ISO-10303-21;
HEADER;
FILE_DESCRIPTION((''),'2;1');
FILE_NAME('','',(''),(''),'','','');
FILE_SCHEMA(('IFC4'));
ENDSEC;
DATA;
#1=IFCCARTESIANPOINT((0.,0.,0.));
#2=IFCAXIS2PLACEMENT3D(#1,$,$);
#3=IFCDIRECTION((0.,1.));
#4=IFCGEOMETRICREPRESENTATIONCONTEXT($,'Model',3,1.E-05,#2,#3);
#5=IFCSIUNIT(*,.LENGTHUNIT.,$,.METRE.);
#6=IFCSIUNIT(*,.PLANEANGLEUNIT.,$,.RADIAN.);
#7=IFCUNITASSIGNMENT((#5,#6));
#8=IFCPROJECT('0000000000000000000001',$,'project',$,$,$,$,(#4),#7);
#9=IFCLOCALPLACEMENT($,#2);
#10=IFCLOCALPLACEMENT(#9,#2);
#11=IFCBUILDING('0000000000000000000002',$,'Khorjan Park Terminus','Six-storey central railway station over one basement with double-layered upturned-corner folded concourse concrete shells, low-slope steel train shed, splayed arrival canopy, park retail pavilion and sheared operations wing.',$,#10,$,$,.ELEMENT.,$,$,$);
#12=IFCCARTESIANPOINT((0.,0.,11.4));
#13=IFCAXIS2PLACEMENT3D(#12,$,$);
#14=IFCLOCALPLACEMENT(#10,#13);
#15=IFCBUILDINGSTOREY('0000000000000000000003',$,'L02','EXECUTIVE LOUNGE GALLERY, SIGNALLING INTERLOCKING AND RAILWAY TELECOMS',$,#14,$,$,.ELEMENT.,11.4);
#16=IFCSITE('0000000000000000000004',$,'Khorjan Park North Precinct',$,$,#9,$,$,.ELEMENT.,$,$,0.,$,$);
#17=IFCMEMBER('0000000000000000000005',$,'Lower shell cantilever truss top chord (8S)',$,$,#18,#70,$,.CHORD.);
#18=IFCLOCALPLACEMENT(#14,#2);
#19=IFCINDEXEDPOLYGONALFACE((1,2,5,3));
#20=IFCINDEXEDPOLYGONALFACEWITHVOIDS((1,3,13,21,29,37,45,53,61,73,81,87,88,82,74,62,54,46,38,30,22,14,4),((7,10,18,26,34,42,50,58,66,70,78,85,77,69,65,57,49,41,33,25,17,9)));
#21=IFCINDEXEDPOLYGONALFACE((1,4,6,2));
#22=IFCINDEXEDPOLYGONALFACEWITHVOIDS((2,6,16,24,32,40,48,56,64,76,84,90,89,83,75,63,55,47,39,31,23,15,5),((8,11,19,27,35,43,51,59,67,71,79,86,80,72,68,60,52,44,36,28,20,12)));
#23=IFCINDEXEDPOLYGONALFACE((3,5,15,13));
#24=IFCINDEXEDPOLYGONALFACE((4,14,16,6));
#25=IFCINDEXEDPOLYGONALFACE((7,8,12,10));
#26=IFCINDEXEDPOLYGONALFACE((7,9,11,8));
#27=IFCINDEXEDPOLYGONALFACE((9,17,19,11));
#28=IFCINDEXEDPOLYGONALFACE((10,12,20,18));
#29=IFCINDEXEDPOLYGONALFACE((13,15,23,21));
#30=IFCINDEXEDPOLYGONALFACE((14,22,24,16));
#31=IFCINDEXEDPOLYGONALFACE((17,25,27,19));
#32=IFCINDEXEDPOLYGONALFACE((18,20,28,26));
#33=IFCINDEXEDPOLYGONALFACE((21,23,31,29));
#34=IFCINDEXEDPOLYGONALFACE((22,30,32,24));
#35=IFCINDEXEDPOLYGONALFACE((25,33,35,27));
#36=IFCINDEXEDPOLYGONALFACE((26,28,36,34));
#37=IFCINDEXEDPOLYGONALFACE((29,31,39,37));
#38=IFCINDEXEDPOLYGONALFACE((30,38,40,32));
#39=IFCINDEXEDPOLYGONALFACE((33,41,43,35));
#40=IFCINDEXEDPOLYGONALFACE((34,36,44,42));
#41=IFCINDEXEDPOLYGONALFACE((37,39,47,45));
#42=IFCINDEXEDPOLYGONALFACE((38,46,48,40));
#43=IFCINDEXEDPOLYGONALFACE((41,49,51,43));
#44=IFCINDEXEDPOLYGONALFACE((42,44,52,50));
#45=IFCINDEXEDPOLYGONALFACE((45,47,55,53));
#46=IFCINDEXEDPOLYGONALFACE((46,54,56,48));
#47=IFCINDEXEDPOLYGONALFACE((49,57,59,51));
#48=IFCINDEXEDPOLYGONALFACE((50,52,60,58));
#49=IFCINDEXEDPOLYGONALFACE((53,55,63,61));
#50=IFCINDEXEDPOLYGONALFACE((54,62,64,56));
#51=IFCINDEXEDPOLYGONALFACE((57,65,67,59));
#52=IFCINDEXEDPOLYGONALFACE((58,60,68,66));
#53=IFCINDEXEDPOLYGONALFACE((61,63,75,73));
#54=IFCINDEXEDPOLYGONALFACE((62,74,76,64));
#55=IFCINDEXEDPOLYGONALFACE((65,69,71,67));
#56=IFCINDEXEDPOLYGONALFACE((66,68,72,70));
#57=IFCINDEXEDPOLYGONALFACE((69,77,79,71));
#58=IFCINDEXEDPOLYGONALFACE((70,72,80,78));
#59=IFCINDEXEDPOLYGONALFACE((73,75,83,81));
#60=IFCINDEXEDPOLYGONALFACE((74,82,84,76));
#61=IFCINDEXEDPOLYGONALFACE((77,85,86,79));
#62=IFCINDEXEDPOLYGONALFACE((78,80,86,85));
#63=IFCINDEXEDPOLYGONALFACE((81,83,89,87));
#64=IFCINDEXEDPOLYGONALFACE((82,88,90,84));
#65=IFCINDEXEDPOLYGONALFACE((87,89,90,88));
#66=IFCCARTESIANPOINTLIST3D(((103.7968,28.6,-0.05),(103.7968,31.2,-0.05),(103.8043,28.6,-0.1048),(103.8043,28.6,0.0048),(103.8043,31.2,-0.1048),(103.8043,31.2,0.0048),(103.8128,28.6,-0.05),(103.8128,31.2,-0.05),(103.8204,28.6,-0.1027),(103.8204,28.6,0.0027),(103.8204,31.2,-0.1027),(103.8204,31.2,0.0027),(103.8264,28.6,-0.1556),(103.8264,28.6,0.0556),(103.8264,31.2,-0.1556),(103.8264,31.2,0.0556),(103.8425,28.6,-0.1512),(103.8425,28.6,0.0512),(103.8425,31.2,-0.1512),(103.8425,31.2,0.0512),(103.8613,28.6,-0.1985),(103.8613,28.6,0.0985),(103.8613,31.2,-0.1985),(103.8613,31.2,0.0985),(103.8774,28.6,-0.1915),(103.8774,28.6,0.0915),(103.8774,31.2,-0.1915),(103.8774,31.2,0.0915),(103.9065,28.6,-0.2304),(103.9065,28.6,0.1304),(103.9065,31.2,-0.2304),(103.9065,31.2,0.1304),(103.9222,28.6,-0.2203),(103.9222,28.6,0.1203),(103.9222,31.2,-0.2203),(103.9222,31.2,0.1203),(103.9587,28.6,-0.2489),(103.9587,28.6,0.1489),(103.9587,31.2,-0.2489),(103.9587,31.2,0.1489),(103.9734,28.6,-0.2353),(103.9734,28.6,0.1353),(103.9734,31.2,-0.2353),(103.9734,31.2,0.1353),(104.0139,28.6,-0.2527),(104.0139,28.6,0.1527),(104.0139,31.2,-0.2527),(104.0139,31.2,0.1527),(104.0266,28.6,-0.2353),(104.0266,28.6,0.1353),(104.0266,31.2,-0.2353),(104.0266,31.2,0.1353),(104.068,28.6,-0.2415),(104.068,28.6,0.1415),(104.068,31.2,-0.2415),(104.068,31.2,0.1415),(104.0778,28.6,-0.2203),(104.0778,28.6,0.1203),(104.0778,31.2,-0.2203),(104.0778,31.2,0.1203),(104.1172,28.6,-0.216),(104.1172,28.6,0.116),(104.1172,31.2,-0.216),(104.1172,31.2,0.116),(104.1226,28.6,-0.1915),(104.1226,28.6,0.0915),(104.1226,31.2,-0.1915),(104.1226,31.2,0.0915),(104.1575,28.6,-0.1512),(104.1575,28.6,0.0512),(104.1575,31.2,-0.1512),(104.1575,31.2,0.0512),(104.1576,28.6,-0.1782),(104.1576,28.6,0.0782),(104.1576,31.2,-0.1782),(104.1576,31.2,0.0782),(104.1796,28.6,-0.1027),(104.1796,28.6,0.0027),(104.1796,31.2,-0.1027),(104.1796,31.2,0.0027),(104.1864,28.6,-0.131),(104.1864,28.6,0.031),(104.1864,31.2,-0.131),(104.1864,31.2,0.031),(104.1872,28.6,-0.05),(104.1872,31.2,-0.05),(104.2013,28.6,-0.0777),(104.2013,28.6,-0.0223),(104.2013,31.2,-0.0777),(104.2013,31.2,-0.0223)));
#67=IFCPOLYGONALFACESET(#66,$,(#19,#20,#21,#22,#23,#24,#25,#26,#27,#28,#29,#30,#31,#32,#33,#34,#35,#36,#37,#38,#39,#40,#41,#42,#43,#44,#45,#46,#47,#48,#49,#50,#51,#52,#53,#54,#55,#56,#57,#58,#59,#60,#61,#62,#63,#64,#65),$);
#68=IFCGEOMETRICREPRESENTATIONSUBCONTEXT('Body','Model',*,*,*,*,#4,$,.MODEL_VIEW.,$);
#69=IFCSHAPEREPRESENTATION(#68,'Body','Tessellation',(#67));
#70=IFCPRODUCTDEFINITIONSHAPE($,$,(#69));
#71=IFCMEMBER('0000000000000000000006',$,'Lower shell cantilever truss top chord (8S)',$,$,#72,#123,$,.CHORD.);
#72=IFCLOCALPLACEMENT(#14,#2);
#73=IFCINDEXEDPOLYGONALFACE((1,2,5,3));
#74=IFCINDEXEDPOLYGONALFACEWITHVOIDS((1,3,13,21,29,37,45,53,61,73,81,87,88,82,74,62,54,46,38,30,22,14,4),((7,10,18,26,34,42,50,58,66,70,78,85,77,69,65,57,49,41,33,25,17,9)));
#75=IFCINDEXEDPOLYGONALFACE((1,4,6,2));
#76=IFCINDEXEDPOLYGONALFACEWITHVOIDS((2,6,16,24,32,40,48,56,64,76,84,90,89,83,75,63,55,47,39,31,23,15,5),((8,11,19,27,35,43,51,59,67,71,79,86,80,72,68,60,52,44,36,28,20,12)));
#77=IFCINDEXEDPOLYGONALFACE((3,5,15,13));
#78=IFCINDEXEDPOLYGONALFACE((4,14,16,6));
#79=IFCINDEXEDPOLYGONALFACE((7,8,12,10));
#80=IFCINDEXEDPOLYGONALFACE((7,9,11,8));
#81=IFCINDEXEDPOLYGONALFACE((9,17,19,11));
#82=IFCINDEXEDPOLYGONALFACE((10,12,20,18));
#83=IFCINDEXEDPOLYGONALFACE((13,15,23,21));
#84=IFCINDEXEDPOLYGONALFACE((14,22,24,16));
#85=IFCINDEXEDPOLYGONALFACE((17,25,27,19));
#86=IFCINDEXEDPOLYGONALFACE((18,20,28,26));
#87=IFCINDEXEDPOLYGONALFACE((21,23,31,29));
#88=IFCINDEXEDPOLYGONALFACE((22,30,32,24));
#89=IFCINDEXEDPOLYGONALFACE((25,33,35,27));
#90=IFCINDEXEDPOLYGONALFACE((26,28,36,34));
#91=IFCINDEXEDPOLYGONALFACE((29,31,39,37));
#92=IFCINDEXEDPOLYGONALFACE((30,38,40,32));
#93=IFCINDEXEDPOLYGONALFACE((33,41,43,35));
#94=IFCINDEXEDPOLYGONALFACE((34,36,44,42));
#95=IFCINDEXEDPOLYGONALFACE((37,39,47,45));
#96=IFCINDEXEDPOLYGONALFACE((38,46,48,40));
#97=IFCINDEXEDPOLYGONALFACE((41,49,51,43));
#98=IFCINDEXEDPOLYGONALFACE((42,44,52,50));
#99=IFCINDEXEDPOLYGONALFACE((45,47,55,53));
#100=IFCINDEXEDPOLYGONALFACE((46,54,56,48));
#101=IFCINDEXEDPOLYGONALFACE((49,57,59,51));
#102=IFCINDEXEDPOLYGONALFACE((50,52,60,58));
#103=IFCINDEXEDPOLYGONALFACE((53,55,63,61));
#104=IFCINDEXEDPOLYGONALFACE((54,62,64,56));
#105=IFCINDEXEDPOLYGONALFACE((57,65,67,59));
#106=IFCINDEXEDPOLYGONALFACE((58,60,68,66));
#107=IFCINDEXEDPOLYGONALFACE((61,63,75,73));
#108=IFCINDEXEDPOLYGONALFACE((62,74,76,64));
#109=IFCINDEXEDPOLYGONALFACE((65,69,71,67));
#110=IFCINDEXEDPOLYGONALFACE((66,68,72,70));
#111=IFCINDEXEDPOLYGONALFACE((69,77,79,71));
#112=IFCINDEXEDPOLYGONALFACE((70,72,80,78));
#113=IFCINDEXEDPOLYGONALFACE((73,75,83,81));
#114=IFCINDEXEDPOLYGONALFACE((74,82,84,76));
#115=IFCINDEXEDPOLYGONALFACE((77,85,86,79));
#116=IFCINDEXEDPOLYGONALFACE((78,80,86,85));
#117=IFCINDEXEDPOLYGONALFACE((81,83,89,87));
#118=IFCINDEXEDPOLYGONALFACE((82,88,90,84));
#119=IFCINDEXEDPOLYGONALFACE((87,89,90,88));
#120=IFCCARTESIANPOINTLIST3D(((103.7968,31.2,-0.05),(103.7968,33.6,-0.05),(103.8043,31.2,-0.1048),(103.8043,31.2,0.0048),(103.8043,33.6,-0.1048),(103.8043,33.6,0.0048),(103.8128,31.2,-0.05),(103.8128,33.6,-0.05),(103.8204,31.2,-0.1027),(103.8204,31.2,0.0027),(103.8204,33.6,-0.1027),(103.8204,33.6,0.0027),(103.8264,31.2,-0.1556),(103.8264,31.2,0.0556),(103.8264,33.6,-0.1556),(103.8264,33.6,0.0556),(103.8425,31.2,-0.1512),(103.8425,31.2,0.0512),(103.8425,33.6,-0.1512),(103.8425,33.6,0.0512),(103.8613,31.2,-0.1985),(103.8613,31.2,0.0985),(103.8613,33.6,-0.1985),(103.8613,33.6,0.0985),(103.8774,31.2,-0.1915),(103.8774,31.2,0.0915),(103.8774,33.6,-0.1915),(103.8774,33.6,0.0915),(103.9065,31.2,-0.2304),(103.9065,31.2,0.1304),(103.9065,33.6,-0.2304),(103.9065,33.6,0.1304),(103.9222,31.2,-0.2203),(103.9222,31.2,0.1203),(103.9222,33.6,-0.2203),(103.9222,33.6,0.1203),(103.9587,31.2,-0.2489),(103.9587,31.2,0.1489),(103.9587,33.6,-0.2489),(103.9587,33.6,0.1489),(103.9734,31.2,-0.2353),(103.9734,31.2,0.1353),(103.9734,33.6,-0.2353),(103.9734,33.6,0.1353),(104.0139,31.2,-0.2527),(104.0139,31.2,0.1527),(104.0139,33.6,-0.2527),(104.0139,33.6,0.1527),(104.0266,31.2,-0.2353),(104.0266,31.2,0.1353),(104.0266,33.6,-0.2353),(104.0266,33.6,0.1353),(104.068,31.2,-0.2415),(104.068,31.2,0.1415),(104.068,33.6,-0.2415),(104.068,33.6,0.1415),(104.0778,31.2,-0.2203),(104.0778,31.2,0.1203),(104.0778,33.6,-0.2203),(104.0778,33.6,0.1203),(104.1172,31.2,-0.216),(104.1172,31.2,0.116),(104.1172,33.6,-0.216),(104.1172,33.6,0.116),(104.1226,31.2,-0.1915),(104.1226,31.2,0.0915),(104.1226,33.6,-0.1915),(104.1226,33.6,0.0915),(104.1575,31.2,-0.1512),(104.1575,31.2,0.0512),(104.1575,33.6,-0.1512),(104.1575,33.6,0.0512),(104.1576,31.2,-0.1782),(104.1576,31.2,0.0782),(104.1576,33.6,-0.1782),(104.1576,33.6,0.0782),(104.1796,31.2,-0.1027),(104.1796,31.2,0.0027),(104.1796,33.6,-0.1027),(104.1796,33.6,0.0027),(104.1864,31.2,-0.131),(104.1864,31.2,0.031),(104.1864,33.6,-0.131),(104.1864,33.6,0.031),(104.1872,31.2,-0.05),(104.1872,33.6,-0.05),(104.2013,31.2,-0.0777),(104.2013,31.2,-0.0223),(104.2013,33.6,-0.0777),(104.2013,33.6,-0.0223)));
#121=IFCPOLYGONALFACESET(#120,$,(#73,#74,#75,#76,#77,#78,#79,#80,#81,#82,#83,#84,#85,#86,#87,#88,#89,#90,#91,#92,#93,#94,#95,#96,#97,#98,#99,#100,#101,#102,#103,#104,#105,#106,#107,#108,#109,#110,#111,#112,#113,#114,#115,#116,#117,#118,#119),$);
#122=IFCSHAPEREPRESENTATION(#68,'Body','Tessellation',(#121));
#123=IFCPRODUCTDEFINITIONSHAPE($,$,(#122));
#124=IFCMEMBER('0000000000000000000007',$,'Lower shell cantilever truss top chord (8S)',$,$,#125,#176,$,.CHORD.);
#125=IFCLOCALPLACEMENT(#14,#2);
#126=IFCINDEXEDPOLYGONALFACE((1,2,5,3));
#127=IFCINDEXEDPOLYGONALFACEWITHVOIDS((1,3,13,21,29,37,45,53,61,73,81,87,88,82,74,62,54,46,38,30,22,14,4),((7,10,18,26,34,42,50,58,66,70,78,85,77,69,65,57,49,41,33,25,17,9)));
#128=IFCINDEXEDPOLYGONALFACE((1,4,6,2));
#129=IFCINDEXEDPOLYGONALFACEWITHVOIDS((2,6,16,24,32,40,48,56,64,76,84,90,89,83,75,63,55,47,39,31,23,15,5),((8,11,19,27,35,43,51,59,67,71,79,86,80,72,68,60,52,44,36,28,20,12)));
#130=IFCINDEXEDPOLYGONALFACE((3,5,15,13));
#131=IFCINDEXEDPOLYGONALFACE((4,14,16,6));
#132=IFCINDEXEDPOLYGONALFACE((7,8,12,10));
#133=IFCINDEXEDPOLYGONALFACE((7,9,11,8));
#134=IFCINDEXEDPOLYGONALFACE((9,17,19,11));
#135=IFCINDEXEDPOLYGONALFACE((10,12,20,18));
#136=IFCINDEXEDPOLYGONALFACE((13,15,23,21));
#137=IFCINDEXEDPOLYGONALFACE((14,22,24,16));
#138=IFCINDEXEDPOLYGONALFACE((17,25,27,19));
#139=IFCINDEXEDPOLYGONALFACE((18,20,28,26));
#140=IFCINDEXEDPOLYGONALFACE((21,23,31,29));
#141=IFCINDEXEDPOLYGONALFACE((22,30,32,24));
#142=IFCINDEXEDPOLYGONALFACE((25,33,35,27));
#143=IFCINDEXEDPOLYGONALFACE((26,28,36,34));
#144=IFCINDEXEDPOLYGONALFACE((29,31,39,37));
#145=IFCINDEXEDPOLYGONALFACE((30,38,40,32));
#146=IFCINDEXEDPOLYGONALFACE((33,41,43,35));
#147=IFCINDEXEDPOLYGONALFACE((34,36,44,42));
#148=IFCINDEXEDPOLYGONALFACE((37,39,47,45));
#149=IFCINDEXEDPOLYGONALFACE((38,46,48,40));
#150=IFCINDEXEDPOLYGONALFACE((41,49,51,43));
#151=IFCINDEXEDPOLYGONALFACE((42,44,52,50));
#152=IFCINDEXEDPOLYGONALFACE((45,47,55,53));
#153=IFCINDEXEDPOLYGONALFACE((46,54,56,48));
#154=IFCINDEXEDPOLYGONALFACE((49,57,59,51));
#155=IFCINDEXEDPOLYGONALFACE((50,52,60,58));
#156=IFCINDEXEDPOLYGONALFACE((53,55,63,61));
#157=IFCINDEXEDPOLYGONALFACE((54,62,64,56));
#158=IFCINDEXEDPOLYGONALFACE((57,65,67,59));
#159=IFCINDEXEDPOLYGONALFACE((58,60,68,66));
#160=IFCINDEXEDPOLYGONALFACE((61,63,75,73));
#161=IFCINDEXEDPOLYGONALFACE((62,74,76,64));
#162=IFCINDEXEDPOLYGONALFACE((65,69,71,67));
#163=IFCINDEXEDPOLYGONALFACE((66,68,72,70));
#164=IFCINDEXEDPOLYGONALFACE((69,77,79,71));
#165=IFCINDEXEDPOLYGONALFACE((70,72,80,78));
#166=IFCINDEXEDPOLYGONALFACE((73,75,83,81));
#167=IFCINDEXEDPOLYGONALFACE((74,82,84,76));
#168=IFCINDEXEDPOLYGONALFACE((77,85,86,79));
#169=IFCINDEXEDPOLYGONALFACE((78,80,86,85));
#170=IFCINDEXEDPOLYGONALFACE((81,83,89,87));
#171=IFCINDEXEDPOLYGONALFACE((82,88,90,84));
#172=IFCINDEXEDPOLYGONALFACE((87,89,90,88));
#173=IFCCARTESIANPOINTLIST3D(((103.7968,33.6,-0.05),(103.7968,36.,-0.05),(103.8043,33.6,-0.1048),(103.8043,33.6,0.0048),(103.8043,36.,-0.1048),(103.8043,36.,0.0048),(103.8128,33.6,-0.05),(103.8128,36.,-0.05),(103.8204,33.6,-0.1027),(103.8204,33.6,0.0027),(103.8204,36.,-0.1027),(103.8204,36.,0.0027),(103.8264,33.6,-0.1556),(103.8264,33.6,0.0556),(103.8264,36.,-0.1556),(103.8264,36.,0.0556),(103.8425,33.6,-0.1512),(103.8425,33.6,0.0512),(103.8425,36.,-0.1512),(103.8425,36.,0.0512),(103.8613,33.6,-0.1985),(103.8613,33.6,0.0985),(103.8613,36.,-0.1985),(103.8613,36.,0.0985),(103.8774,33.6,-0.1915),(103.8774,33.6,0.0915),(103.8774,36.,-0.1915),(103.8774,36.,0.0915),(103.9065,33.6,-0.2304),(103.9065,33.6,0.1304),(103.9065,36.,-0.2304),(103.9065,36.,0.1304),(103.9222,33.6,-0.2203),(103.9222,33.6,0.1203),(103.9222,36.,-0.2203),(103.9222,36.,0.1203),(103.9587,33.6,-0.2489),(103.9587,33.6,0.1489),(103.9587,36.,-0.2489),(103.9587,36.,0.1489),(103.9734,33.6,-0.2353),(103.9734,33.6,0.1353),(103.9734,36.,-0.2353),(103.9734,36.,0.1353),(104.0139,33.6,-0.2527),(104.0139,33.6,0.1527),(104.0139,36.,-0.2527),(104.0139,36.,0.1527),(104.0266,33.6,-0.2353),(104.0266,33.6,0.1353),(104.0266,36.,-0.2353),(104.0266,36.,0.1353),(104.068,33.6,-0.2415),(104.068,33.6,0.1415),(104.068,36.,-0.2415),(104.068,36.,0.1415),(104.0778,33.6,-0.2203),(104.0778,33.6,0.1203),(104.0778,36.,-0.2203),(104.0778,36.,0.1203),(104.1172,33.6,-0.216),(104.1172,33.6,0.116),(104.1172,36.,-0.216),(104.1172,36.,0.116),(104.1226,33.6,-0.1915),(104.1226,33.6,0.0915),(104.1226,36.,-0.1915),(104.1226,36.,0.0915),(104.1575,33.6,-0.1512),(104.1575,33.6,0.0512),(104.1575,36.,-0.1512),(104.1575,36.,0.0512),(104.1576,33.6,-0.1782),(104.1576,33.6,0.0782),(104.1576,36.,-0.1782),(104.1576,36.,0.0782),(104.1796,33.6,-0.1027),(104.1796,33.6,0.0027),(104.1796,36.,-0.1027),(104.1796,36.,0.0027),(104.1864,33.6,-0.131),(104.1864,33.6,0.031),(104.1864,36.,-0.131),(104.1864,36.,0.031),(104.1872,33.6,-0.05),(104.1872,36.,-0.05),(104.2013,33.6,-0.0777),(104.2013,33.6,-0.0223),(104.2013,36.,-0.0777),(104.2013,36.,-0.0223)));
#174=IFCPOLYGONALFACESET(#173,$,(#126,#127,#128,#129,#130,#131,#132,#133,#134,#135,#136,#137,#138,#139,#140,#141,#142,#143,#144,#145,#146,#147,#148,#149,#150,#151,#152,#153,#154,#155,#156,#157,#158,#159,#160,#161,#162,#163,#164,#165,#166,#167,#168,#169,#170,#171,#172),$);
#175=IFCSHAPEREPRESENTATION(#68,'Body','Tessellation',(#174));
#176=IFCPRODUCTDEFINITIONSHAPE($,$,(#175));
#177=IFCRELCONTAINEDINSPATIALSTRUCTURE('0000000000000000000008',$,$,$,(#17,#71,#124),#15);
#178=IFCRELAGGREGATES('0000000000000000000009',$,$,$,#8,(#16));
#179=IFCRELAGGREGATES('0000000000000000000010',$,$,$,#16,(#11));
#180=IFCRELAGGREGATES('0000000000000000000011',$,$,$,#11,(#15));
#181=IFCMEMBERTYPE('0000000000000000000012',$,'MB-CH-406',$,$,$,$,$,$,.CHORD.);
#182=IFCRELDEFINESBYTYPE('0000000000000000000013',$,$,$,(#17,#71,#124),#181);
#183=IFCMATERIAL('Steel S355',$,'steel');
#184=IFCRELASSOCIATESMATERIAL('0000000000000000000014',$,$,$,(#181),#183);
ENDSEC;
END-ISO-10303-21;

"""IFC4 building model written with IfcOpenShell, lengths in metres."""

from ifc_helpers import new_model, si_unit, direction, frame, origin, origin_2d, place, context, subcontext, project, spatial, hollow_circle, extrude, material, material_profile, profile_set, type_object, element, save


model = new_model("IFC4")

# Units and contexts
model_context = context("Model", 3, precision=1e-05, world=origin(), true_north=direction((0.0, 1.0)))
body_context = subcontext(model_context, "Body", "Model", "MODEL_VIEW")
ifc_project = project(units=[si_unit("LENGTHUNIT", "METRE"), si_unit("PLANEANGLEUNIT", "RADIAN")], contexts=[model_context])

# Site, building, storey
site_placement = place(None, origin())
site = spatial("IfcSite", under=ifc_project, at=site_placement, Name="Khorjan Park North Precinct", CompositionType="ELEMENT", RefElevation=0.0)
building_placement = place(site_placement, origin())
building = spatial("IfcBuilding", under=site, at=building_placement, Name="Khorjan Park Terminus", Description="Six-storey central railway station over one basement with double-layered upturned-corner folded concourse concrete shells, low-slope steel train shed, splayed arrival canopy, park retail pavilion and sheared operations wing.", CompositionType="ELEMENT")
storey_placement = place(building_placement, frame((0.0, 0.0, 11.4)))
storey = spatial("IfcBuildingStorey", under=building, at=storey_placement, Name="L02", Description="EXECUTIVE LOUNGE GALLERY, SIGNALLING INTERLOCKING AND RAILWAY TELECOMS", CompositionType="ELEMENT", Elevation=11.4)

# Members
ifc_material_1 = material(Name="Steel S355", Category="steel")
ifc_material_profile_1 = material_profile(ifc_material_1, hollow_circle(Radius=0.2032, WallThickness=0.016, at=origin_2d()), Name="CHS 406.4x16")
ifc_profile_set_1 = profile_set([ifc_material_profile_1], Name="Steel S355")
member_type_1 = type_object("IfcMemberType", Name="MB-CH-406", PredefinedType="CHORD", material=ifc_profile_set_1)
member_1_placement = place(storey_placement, frame((104.0, 28.6, -0.05), z_axis=(0.0, 1.0, 0.0), x_axis=(-1.0, 0.0, 0.0)))
element("IfcMember", 1, at=member_1_placement, inside=storey, type_object=member_type_1, Name="Lower shell cantilever truss top chord (8S)", PredefinedType="CHORD", context=body_context, shape_type="SweptSolid", body=[
    extrude(hollow_circle(Radius=0.2032, WallThickness=0.016, at=origin_2d()), origin(), (0.0, 0.0, 1.0), 2.6),
])
for number, where, z_axis, x_axis, name in (
    (2, (104.0, 31.2, -0.05), (0.0, 1.0, 0.0), (-1.0, 0.0, 0.0), "Lower shell cantilever truss top chord (8S)"),
    (3, (104.0, 33.6, -0.05), (0.0, 1.0, 0.0), (-1.0, 0.0, 0.0), "Lower shell cantilever truss top chord (8S)"),
):
    element("IfcMember", number, at=place(storey_placement, frame(where, z_axis=z_axis, x_axis=x_axis)), inside=storey, type_object=member_type_1, Name=name, PredefinedType="CHORD", context=body_context, shape_type="SweptSolid", body=[
        extrude(hollow_circle(Radius=0.2032, WallThickness=0.016, at=origin_2d()), origin(), (0.0, 0.0, 1.0), 2.4),
    ])

save(model, "model.ifc")
